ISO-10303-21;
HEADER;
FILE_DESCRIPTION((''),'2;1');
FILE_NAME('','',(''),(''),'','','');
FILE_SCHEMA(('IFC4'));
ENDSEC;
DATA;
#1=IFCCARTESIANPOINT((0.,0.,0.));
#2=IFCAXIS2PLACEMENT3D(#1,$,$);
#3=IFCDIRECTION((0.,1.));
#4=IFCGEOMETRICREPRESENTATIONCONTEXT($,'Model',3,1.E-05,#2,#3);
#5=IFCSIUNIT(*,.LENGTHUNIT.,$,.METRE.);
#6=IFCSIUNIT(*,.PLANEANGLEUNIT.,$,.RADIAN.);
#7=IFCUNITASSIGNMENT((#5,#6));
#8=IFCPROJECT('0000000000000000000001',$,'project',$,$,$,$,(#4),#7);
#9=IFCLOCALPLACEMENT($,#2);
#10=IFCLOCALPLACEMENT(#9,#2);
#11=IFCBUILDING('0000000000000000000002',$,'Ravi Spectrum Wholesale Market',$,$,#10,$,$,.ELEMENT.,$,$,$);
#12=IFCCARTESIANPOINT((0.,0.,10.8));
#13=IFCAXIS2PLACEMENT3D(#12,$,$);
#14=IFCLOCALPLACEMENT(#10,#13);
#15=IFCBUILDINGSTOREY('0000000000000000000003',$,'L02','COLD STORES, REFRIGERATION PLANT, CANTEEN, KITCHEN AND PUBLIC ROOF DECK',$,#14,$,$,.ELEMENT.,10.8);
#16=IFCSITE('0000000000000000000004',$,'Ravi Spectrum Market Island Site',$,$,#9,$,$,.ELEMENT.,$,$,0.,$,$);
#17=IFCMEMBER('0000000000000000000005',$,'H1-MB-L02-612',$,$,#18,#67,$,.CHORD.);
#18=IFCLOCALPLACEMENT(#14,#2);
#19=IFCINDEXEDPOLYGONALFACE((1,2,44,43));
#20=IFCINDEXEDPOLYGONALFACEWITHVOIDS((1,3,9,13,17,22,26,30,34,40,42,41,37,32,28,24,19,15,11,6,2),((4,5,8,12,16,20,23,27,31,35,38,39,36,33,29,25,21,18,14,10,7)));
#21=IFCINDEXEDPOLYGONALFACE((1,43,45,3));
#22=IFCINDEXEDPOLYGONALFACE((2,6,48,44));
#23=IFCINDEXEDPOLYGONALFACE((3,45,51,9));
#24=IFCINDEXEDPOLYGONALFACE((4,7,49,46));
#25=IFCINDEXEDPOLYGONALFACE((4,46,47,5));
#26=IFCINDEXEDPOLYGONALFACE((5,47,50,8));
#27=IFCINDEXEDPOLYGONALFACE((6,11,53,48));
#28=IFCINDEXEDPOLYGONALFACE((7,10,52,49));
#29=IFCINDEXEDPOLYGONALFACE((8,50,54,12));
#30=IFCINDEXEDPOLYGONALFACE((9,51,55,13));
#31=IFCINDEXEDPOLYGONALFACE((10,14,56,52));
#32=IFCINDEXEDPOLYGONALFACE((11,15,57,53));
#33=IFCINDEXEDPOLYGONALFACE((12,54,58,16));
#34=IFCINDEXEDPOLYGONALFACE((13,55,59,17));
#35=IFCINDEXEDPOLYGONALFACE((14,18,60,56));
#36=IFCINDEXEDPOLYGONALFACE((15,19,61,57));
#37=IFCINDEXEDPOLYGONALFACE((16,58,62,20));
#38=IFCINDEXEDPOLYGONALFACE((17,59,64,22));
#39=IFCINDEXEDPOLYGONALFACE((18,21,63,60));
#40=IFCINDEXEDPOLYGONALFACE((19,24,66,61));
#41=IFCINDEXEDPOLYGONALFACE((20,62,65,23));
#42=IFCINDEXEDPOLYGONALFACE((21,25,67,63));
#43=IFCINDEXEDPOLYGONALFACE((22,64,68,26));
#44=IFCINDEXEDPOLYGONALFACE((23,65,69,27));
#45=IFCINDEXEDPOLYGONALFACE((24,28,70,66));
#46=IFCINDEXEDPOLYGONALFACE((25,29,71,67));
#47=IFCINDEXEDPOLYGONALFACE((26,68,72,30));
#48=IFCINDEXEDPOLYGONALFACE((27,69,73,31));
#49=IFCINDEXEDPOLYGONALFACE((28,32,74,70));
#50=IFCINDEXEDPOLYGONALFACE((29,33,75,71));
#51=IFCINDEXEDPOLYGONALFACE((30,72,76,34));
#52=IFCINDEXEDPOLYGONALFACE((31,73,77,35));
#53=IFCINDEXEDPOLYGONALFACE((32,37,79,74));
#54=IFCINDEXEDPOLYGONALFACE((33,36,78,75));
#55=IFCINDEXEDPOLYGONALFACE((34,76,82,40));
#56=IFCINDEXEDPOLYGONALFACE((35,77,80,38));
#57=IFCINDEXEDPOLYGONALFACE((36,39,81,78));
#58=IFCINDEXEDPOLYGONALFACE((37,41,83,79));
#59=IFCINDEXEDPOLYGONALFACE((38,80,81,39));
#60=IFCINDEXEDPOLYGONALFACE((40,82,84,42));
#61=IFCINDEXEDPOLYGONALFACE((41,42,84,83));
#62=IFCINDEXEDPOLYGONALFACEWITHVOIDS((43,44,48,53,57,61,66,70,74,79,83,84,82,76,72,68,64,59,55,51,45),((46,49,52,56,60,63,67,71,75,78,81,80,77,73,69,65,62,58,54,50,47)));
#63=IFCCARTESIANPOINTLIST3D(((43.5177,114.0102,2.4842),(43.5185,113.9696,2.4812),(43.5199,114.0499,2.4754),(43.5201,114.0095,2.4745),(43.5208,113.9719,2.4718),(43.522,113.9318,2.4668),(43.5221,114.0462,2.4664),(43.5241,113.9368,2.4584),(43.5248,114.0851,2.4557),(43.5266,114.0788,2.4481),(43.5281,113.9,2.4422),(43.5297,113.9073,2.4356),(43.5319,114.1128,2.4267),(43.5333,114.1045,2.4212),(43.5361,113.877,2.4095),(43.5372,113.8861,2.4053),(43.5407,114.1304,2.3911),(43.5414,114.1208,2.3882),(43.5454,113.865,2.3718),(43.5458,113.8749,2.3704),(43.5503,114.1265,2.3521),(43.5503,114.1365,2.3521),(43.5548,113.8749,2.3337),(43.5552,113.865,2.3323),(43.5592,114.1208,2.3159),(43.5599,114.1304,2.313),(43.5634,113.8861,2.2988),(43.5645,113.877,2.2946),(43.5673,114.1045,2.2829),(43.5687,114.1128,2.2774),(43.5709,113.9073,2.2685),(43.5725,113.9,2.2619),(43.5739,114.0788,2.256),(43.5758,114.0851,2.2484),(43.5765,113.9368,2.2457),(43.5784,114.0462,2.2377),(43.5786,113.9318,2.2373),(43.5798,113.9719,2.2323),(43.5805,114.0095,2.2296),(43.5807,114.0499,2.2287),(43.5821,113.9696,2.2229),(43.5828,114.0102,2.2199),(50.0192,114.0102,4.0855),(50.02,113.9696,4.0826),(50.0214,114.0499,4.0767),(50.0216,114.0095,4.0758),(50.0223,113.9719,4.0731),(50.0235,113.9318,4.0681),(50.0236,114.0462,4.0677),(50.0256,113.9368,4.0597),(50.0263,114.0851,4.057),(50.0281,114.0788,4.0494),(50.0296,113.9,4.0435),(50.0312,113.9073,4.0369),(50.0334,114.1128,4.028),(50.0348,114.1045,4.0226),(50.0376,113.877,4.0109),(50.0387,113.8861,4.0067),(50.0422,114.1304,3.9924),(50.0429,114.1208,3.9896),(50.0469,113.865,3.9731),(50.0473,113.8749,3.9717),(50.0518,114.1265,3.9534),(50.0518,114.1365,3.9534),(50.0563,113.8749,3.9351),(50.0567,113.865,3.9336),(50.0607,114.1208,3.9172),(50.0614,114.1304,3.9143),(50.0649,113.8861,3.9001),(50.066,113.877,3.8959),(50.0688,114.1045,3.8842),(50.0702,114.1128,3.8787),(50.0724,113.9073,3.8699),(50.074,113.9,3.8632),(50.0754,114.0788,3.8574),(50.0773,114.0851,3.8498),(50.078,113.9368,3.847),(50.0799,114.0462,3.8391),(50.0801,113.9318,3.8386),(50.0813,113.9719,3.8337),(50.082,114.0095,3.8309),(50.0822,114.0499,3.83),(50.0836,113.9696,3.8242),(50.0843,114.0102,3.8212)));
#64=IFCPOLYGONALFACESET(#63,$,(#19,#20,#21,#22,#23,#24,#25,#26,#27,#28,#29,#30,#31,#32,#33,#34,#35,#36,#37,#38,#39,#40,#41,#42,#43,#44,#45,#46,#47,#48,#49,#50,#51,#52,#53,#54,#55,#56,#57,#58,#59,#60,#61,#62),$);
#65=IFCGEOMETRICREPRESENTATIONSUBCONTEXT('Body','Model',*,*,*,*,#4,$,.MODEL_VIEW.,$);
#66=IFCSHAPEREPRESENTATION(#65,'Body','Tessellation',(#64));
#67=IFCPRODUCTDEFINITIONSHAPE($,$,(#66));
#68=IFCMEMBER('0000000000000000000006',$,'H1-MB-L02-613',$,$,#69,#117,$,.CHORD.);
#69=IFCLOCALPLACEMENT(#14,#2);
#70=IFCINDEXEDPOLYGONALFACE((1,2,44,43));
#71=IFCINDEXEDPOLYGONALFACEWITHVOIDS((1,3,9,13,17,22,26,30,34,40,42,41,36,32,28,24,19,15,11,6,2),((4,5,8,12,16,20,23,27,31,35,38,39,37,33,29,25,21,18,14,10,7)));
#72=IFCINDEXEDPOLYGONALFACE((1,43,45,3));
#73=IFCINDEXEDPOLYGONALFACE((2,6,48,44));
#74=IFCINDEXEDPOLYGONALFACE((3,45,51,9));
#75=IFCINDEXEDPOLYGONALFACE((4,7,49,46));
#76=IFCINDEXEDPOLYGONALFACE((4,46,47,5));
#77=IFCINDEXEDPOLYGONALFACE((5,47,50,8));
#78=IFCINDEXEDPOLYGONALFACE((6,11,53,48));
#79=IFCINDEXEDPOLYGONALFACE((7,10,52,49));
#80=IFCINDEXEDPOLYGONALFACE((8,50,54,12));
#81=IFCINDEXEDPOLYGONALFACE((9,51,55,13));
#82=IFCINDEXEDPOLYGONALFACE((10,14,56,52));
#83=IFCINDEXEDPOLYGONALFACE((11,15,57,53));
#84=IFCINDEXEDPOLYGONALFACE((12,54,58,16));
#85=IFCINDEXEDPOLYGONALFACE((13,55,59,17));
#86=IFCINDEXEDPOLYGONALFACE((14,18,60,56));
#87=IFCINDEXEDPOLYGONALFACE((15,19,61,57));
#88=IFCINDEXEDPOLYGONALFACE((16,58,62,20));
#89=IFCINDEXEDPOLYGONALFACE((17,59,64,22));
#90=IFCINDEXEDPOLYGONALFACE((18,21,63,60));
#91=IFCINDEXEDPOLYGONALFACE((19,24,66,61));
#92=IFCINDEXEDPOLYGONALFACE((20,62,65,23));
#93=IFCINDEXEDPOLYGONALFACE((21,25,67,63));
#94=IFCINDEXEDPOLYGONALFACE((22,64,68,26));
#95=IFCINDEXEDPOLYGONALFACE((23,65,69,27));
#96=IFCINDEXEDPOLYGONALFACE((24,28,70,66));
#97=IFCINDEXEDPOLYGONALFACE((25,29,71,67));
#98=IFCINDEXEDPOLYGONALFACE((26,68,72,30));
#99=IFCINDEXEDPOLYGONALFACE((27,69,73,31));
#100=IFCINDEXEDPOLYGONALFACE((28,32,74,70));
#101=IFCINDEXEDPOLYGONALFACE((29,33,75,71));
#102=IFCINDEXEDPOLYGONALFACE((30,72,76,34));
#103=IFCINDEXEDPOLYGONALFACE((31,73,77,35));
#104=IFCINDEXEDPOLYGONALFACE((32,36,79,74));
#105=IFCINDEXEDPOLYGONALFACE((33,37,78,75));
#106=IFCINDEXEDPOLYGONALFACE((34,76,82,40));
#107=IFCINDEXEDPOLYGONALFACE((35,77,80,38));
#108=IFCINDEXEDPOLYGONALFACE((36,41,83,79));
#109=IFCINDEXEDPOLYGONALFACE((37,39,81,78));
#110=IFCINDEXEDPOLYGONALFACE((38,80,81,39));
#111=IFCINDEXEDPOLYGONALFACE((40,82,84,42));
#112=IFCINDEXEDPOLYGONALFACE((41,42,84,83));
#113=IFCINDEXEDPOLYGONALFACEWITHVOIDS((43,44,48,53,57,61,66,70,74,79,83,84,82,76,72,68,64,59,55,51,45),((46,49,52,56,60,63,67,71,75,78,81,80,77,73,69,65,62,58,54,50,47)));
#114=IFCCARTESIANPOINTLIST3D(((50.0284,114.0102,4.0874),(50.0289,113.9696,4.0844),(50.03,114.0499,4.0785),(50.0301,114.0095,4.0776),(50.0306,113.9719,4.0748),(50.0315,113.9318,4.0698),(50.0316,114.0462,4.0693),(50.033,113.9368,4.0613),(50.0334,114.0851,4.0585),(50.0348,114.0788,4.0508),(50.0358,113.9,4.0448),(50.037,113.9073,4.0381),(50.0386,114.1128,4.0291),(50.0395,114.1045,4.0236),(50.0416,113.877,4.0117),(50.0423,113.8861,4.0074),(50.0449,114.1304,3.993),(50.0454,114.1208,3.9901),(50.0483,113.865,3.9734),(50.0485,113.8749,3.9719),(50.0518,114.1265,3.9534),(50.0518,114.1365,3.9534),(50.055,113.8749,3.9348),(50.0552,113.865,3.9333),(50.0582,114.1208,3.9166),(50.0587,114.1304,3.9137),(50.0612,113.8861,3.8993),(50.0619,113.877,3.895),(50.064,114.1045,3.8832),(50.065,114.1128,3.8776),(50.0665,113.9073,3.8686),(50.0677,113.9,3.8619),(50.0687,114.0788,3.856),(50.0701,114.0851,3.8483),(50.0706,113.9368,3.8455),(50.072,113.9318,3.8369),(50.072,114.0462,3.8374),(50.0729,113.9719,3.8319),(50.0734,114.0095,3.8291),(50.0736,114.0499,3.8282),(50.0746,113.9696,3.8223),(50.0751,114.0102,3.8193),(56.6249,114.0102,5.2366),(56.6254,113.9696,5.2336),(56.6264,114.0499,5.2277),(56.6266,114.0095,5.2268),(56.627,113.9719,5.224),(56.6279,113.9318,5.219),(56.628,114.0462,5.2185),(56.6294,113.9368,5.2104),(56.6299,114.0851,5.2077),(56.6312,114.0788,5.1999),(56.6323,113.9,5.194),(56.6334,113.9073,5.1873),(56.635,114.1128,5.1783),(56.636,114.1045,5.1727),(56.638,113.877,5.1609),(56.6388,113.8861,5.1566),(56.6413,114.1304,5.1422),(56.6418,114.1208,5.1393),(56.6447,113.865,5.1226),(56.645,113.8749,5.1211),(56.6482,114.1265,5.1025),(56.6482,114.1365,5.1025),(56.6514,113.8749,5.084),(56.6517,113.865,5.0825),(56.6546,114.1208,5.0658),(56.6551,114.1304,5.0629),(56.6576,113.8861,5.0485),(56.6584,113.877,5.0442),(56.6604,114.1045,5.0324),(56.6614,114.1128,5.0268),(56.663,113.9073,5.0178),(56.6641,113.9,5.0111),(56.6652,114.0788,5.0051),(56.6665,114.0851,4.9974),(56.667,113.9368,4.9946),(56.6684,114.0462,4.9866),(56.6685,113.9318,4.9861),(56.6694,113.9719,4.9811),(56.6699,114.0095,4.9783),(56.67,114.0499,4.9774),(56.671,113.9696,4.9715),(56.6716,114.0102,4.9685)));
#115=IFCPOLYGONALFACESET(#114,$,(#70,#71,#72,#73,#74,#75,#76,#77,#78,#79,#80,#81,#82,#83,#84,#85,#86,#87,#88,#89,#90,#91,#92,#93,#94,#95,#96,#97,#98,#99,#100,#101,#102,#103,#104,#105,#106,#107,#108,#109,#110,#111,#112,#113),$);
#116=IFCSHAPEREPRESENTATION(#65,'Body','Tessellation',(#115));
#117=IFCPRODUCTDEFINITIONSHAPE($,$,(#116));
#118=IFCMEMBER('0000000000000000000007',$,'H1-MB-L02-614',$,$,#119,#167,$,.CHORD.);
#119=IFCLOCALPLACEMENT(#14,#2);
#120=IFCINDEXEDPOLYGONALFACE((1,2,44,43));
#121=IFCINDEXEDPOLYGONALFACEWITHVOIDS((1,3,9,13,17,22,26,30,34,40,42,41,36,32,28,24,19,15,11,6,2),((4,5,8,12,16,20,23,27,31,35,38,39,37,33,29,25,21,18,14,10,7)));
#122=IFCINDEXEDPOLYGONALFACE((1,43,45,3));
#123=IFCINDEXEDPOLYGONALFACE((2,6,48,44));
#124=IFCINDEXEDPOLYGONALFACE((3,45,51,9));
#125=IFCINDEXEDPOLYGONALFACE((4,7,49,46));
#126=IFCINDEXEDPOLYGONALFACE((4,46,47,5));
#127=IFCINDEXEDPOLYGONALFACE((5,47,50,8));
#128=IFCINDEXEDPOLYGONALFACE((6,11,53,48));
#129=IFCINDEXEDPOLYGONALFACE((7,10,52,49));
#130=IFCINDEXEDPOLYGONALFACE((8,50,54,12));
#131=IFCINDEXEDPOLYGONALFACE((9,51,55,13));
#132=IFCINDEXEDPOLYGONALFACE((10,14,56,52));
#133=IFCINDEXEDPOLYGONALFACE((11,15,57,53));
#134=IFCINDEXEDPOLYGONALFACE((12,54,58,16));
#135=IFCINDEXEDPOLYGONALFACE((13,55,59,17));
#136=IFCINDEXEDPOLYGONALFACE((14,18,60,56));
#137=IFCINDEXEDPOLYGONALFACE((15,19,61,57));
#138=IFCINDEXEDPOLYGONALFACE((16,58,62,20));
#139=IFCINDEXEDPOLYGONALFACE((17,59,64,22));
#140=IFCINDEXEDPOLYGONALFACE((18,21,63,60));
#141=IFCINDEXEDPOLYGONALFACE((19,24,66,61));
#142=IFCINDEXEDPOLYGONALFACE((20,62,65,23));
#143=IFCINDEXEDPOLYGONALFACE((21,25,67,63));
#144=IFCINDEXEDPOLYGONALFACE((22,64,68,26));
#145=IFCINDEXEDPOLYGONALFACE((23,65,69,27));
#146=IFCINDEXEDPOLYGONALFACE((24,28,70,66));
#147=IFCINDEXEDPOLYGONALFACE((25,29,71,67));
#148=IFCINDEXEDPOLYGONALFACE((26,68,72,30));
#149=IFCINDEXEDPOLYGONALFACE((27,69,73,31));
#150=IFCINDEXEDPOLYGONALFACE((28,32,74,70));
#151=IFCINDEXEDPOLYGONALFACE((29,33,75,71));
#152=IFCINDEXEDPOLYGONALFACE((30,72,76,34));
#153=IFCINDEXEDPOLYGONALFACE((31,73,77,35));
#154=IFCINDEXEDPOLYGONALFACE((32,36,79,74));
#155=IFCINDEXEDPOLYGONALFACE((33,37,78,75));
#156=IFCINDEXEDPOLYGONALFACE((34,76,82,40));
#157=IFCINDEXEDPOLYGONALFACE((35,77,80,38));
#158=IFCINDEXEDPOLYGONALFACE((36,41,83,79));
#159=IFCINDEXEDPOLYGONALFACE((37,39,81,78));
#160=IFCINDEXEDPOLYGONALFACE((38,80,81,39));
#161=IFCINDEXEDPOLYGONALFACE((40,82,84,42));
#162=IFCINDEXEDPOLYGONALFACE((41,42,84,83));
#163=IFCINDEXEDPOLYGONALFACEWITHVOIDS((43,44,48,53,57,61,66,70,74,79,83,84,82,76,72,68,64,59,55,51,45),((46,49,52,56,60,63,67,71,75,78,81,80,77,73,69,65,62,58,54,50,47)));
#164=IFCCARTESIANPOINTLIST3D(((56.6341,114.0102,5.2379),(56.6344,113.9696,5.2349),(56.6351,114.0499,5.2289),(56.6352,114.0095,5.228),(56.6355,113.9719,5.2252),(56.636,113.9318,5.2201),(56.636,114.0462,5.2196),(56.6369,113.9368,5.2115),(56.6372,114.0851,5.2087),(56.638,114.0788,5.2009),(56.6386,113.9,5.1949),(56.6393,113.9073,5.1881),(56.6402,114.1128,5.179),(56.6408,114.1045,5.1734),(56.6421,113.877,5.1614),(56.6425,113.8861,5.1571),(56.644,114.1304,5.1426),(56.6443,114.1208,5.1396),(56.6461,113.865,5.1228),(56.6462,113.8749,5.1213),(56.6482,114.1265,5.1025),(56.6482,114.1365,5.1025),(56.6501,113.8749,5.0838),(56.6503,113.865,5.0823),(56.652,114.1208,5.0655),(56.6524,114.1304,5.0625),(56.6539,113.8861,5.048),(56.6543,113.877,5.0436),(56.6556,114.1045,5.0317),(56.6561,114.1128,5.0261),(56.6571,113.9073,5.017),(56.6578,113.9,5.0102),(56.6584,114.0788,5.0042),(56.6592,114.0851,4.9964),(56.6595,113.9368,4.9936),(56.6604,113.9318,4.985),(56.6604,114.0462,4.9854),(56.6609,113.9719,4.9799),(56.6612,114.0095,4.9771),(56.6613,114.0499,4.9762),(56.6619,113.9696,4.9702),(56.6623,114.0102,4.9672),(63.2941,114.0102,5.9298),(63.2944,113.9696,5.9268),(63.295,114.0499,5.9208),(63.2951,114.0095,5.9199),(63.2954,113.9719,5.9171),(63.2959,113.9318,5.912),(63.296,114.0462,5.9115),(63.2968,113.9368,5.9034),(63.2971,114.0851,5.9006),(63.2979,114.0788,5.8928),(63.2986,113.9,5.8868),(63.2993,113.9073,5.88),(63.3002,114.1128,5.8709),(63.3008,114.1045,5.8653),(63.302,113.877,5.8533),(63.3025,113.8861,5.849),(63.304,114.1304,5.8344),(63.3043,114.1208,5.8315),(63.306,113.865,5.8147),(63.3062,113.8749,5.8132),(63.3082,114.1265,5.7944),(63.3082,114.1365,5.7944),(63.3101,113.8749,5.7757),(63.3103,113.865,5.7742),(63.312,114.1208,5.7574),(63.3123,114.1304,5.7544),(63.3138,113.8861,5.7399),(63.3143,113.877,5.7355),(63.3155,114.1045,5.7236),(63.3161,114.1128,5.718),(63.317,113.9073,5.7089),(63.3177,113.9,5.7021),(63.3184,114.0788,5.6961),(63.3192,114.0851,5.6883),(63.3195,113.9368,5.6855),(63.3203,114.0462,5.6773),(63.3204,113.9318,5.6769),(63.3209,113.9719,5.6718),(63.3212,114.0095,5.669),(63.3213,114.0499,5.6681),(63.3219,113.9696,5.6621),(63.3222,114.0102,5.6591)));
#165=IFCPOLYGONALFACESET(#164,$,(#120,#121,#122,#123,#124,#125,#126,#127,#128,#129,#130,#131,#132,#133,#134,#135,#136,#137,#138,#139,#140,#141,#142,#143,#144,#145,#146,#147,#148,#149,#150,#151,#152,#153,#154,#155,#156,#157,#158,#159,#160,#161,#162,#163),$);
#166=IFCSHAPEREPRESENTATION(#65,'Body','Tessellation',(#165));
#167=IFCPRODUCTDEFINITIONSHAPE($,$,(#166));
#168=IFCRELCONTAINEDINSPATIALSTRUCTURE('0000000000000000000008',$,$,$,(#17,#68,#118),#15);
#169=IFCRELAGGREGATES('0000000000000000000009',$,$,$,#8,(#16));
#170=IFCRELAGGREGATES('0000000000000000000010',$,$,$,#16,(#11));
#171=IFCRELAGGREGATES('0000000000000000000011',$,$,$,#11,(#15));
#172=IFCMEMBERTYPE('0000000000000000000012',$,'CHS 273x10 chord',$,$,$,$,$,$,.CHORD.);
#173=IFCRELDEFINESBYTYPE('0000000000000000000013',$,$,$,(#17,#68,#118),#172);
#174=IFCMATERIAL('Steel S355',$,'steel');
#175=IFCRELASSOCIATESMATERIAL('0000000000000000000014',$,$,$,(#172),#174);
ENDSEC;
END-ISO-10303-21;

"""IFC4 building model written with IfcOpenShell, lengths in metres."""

from ifc_helpers import new_model, si_unit, direction, frame, origin, origin_2d, place, context, subcontext, project, spatial, hollow_circle, extrude, material, material_profile, profile_set, type_object, element, save


model = new_model("IFC4")

# Units and contexts
model_context = context("Model", 3, precision=1e-05, world=origin(), true_north=direction((0.0, 1.0)))
body_context = subcontext(model_context, "Body", "Model", "MODEL_VIEW")
ifc_project = project(units=[si_unit("LENGTHUNIT", "METRE"), si_unit("PLANEANGLEUNIT", "RADIAN")], contexts=[model_context])

# Site, building, storey
site_placement = place(None, origin())
site = spatial("IfcSite", under=ifc_project, at=site_placement, Name="Ravi Spectrum Market Island Site", CompositionType="ELEMENT", RefElevation=0.0)
building_placement = place(site_placement, origin())
building = spatial("IfcBuilding", under=site, at=building_placement, Name="Ravi Spectrum Wholesale Market", CompositionType="ELEMENT")
storey_placement = place(building_placement, frame((0.0, 0.0, 10.8)))
storey = spatial("IfcBuildingStorey", under=building, at=storey_placement, Name="L02", Description="COLD STORES, REFRIGERATION PLANT, CANTEEN, KITCHEN AND PUBLIC ROOF DECK", CompositionType="ELEMENT", Elevation=10.8)

# Members
ifc_material_1 = material(Name="Steel S355", Category="steel")
ifc_material_profile_1 = material_profile(ifc_material_1, hollow_circle(Radius=0.1365, WallThickness=0.01, at=origin_2d()))
ifc_profile_set_1 = profile_set([ifc_material_profile_1], Name="Steel S355")
member_type_1 = type_object("IfcMemberType", Name="CHS 273x10 chord", PredefinedType="CHORD", material=ifc_profile_set_1)
for number, where, z_axis, x_axis, name in (
    (1, (43.5503, 114.0, 2.3521), (0.970982, 0.0, 0.239154), (0.0, 1.0, 0.0), "H1-MB-L02-612"),
    (2, (50.0518, 114.0, 3.9534), (0.985162, 0.0, 0.171626), (0.0, 1.0, 0.0), "H1-MB-L02-613"),
    (3, (56.6482, 114.0, 5.1025), (0.994647, 0.0, 0.103333), (0.0, 1.0, 0.0), "H1-MB-L02-614"),
):
    element("IfcMember", number, at=place(storey_placement, frame(where, z_axis=z_axis, x_axis=x_axis)), inside=storey, type_object=member_type_1, Name=name, PredefinedType="CHORD", context=body_context, shape_type="SweptSolid", body=[
        extrude(hollow_circle(Radius=0.1365, WallThickness=0.01, at=origin_2d()), origin(), (0.0, 0.0, 1.0), 6.6958),
    ])

save(model, "model.ifc")
